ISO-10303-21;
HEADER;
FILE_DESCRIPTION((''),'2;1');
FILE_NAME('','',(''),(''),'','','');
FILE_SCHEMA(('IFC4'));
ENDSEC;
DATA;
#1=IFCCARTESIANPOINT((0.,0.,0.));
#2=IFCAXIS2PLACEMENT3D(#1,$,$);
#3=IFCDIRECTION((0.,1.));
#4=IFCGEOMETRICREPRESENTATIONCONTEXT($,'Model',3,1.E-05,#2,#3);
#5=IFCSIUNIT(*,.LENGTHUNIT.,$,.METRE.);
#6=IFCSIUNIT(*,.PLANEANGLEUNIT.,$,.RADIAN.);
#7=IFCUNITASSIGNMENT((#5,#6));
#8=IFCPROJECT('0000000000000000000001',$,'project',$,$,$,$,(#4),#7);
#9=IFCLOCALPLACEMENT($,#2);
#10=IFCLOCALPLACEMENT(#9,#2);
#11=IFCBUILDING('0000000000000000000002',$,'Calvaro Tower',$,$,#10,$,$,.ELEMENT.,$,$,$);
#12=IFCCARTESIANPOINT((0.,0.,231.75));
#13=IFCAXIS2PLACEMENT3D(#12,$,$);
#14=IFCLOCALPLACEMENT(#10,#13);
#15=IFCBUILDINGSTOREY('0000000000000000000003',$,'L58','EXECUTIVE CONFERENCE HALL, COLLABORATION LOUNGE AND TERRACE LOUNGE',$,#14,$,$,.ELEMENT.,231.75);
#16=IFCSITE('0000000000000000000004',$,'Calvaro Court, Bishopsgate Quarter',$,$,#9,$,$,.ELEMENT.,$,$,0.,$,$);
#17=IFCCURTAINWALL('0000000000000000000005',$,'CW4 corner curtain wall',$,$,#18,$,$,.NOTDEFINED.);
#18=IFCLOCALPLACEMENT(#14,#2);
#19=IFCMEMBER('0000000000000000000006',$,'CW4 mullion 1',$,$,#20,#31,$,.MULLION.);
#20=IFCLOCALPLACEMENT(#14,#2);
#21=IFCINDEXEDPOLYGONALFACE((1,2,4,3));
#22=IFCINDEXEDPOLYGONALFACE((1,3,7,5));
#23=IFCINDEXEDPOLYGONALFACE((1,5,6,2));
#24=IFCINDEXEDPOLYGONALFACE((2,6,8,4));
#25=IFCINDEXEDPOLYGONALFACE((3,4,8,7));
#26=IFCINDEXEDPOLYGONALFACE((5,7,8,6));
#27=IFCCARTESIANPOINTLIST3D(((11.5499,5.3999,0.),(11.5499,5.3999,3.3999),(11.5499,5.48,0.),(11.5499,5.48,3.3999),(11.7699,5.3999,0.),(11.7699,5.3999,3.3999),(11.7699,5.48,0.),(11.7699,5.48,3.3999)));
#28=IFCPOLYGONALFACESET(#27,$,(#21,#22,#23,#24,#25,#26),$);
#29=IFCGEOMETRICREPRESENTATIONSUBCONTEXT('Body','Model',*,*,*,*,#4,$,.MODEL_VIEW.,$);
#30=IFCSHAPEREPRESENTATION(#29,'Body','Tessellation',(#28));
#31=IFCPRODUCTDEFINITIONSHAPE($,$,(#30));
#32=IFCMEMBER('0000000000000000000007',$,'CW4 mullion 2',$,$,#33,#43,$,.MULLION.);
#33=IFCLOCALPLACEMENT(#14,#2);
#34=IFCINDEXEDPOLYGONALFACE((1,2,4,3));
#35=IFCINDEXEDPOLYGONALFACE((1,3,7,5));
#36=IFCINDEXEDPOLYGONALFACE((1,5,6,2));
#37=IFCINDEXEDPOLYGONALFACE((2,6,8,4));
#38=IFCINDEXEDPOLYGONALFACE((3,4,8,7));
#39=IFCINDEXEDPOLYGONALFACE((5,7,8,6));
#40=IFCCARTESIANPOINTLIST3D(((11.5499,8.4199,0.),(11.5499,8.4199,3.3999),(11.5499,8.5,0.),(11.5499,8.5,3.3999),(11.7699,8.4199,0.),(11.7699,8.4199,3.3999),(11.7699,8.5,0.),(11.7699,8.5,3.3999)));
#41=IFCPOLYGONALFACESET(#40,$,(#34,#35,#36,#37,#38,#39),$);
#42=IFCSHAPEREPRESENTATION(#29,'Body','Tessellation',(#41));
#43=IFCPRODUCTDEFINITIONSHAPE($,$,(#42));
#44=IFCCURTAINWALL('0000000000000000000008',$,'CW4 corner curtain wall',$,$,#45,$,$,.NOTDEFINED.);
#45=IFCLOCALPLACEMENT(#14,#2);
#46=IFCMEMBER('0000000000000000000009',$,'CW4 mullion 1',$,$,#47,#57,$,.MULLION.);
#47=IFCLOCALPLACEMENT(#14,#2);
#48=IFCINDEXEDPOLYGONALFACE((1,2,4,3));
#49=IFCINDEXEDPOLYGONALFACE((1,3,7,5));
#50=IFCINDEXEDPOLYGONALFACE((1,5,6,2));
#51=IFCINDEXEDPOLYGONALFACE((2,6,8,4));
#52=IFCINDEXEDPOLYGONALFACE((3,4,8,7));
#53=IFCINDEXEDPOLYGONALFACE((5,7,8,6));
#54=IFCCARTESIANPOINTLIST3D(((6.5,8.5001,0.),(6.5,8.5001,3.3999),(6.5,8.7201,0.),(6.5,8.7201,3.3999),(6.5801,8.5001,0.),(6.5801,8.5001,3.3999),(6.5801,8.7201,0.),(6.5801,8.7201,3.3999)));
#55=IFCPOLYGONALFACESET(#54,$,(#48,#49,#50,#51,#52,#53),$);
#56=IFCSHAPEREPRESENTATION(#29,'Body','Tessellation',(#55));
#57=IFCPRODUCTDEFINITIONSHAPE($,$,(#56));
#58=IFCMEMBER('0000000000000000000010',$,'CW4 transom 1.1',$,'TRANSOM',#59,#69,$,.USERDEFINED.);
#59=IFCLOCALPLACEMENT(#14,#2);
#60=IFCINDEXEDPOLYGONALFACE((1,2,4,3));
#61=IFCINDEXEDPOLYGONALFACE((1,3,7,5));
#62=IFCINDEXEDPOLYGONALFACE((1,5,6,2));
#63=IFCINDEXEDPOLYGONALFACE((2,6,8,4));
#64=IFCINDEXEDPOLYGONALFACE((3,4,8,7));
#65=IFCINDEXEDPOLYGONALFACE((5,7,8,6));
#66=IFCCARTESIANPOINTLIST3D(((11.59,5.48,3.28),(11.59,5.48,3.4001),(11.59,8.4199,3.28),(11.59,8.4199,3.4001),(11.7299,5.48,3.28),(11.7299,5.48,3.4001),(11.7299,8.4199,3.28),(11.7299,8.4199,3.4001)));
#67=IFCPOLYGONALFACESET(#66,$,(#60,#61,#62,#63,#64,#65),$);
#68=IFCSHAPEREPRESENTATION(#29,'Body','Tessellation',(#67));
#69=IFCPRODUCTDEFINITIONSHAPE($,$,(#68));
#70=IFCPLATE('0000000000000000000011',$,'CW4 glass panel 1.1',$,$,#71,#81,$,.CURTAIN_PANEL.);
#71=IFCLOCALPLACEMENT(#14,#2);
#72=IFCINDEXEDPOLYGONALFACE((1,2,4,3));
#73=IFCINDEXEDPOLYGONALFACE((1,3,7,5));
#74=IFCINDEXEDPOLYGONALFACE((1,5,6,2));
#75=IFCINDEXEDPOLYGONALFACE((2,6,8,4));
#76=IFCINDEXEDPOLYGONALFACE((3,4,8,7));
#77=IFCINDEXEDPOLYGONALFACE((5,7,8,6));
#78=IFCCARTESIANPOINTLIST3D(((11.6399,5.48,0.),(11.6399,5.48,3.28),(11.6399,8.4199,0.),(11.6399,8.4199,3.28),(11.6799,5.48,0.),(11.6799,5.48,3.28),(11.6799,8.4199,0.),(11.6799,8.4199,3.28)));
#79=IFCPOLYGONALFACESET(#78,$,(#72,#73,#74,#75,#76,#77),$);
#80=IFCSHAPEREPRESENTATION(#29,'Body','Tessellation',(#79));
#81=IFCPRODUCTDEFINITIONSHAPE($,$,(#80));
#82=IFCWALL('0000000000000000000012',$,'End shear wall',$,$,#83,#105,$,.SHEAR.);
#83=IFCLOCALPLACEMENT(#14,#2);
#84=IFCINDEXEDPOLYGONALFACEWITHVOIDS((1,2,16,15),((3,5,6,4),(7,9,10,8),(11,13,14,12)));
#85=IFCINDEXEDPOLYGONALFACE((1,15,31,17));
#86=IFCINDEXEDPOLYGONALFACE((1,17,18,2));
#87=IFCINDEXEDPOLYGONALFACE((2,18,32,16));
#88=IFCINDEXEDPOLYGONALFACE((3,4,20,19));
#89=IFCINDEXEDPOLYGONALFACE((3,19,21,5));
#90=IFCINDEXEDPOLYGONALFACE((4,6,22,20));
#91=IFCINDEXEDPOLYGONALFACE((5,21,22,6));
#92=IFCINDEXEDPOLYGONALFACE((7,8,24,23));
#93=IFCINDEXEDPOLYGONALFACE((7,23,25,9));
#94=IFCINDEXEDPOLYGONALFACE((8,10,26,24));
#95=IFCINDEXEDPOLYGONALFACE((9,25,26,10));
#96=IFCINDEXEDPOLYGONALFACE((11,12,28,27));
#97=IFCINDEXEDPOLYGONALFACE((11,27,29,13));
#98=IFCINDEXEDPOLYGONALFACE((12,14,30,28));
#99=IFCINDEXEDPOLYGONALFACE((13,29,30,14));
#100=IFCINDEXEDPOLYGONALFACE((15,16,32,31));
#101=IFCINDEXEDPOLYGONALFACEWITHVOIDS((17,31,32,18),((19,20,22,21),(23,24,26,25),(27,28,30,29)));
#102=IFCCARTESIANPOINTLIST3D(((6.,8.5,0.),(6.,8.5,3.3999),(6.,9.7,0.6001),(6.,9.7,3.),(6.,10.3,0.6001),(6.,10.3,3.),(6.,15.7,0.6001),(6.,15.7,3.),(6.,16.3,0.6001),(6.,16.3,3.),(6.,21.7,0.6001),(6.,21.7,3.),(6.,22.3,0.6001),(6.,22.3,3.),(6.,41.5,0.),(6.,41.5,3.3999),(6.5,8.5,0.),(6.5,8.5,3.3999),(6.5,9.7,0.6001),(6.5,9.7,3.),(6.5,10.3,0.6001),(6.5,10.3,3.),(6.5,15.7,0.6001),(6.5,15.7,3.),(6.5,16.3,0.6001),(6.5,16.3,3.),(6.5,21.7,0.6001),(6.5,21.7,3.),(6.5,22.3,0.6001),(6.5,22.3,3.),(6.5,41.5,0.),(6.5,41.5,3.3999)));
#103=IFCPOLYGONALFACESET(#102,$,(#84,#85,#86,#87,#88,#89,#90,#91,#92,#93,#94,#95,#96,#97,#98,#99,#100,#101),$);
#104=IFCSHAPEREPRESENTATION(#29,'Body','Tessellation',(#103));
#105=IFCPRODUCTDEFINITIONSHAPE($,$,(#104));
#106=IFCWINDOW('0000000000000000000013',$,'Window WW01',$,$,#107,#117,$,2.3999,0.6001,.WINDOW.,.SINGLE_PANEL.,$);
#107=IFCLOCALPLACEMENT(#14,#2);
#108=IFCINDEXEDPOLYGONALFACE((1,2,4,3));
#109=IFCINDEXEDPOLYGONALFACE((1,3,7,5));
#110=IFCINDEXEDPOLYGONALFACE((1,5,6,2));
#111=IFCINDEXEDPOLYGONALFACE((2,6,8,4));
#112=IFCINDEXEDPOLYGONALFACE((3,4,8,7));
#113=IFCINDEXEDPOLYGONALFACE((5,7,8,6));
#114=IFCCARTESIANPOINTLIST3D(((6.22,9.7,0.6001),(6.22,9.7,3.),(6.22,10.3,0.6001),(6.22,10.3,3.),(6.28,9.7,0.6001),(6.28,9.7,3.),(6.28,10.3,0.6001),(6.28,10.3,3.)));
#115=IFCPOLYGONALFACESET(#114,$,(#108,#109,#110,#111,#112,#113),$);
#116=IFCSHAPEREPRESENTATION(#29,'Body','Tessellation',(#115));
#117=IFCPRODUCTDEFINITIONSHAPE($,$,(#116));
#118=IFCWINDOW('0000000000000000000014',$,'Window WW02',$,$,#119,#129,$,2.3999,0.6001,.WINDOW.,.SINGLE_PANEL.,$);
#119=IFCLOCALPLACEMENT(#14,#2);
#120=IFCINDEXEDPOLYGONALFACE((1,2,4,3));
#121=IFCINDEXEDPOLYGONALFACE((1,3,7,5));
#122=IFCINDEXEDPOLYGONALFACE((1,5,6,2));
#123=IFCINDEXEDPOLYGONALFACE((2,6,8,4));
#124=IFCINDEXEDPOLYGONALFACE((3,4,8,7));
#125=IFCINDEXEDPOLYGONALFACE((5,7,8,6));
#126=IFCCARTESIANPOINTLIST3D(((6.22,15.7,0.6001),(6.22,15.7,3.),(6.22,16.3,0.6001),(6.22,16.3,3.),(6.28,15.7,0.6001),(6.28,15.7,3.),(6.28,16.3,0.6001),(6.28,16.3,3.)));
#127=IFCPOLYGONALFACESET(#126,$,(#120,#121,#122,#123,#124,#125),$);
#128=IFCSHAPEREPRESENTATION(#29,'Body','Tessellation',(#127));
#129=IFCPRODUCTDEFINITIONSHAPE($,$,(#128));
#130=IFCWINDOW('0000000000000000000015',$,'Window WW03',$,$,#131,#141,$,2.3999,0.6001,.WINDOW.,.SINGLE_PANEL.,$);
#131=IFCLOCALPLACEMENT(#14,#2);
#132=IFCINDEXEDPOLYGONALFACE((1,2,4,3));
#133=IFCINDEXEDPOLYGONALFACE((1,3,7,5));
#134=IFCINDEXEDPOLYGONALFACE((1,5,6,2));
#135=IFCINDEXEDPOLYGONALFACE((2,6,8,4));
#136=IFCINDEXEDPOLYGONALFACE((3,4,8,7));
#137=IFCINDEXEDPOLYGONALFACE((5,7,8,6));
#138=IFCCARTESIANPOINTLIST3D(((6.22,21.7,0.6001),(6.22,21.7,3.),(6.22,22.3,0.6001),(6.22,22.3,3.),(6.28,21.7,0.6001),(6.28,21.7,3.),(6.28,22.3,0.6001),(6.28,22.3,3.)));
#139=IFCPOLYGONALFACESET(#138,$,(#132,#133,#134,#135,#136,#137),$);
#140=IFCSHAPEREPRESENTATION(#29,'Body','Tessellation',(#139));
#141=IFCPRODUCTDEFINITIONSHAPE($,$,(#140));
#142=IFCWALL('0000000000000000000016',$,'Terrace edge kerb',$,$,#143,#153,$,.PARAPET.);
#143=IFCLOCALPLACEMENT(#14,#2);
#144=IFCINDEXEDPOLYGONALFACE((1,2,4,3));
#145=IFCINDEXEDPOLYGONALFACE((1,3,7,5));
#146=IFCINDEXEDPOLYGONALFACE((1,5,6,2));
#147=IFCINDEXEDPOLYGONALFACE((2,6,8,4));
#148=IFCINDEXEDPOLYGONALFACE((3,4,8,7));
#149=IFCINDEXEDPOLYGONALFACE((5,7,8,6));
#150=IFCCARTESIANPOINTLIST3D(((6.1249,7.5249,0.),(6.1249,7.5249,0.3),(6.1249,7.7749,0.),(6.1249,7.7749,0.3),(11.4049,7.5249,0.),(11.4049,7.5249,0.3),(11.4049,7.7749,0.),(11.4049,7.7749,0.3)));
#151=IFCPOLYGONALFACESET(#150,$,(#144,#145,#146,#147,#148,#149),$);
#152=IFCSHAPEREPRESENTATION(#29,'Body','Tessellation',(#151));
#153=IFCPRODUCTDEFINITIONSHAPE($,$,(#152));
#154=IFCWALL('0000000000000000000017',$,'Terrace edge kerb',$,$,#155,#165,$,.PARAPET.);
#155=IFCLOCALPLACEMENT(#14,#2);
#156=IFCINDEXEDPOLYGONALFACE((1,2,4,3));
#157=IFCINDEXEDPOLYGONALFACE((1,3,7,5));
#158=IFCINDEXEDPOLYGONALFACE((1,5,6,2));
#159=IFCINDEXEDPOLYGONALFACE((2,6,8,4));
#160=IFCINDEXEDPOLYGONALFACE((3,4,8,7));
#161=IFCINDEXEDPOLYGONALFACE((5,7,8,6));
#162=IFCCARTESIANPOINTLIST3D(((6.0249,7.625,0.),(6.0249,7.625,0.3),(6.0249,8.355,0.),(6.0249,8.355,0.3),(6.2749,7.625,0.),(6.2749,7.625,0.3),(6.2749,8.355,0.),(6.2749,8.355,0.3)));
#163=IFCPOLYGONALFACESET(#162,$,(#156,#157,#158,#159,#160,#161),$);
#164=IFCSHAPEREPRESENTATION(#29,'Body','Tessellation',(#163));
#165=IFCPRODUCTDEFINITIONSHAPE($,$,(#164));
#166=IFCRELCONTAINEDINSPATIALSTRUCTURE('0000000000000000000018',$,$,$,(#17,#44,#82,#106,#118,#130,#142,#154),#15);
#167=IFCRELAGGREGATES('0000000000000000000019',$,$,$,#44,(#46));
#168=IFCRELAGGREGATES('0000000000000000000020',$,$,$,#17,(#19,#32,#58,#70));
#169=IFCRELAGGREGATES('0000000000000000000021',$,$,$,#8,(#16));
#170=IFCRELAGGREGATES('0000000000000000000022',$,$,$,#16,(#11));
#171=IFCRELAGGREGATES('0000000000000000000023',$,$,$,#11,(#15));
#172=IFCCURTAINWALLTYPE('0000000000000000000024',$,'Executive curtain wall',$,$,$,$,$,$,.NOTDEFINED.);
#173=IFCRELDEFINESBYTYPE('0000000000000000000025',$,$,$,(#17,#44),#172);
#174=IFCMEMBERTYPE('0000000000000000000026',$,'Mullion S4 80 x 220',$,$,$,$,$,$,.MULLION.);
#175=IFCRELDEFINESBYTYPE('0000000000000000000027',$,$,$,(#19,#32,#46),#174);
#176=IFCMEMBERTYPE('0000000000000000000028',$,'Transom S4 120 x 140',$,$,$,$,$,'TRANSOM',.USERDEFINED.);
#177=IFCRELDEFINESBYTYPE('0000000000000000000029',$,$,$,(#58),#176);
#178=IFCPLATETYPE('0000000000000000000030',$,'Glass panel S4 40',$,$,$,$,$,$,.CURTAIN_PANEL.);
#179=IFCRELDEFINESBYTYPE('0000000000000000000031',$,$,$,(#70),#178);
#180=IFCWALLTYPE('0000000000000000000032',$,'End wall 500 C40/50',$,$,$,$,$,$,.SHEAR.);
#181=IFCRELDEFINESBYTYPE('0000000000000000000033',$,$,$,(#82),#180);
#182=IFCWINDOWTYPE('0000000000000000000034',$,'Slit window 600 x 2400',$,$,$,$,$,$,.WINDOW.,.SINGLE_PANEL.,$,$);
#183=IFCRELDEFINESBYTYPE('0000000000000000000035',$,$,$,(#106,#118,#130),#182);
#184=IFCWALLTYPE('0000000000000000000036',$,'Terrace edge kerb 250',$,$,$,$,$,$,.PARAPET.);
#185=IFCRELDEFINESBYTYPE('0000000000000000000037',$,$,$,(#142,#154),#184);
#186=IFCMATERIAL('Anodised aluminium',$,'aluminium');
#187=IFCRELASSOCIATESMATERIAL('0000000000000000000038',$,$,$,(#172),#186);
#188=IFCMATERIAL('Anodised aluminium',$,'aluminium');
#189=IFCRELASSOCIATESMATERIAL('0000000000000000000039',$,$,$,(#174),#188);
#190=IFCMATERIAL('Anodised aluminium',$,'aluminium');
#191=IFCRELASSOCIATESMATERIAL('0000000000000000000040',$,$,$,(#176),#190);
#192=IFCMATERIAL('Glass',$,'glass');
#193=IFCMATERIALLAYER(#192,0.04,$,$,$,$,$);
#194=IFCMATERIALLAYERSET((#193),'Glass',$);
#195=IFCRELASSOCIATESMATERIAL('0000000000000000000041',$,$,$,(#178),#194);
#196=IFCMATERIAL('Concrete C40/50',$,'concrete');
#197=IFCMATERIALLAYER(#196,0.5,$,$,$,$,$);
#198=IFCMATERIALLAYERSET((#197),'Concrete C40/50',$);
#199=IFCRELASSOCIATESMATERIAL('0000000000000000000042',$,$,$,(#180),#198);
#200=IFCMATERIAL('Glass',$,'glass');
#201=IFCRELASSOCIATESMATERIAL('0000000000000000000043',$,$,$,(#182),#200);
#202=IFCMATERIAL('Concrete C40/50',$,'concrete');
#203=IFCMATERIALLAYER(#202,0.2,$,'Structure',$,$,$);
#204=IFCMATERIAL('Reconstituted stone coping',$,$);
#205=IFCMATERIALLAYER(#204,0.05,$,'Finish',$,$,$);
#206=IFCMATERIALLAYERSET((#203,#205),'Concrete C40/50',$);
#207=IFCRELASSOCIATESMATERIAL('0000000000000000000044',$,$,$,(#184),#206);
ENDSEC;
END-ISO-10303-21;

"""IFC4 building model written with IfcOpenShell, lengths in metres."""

from ifc_helpers import new_model, si_unit, direction, frame, frame_2d, origin, origin_2d, place, context, subcontext, project, spatial, rectangle, extrude, material, layer, layer_set, material_profile, profile_set, type_object, element, fill, aggregate, save


model = new_model("IFC4")

# Units and contexts
model_context = context("Model", 3, precision=1e-05, world=origin(), true_north=direction((0.0, 1.0)))
body_context = subcontext(model_context, "Body", "Model", "MODEL_VIEW")
ifc_project = project(units=[si_unit("LENGTHUNIT", "METRE"), si_unit("PLANEANGLEUNIT", "RADIAN")], contexts=[model_context])

# Site, building, storey
site_placement = place(None, origin())
site = spatial("IfcSite", under=ifc_project, at=site_placement, Name="Calvaro Court, Bishopsgate Quarter", CompositionType="ELEMENT", RefElevation=0.0)
building_placement = place(site_placement, origin())
building = spatial("IfcBuilding", under=site, at=building_placement, Name="Calvaro Tower", CompositionType="ELEMENT")
storey_placement = place(building_placement, frame((0.0, 0.0, 231.75)))
storey = spatial("IfcBuildingStorey", under=building, at=storey_placement, Name="L58", Description="EXECUTIVE CONFERENCE HALL, COLLABORATION LOUNGE AND TERRACE LOUNGE", CompositionType="ELEMENT", Elevation=231.75)

# Curtain wall, members
ifc_material_1 = material(Name="Anodised aluminium", Category="aluminium")
curtain_wall_type = type_object("IfcCurtainWallType", Name="Executive curtain wall", PredefinedType="NOTDEFINED", material=ifc_material_1)
curtain_wall_1_placement = place(storey_placement, origin())
curtain_wall_1 = element("IfcCurtainWall", 1, at=curtain_wall_1_placement, inside=storey, type_object=curtain_wall_type, Name="CW4 corner curtain wall", PredefinedType="NOTDEFINED")
ifc_material_2 = material(Name="Anodised aluminium", Category="aluminium")
ifc_material_profile_1 = material_profile(ifc_material_2, rectangle(XDim=0.22, YDim=0.0801, at=origin_2d()), Name="Mullion S4 80 x 220")
ifc_profile_set_1 = profile_set([ifc_material_profile_1], Name="Anodised aluminium")
member_type_1 = type_object("IfcMemberType", Name="Mullion S4 80 x 220", PredefinedType="MULLION", material=ifc_profile_set_1)
member_1_placement = place(storey_placement, frame((11.6599, 5.4399, 0.0), z_axis=(0.0, 0.0, 1.0), x_axis=(-1.0, 0.0, 0.0)))
member_1 = element("IfcMember", 2, at=member_1_placement, type_object=member_type_1, Name="CW4 mullion 1", PredefinedType="MULLION", context=body_context, shape_type="SweptSolid", body=[
    extrude(rectangle(XDim=0.22, YDim=0.0801, at=origin_2d()), origin(), (0.0, 0.0, 1.0), 3.3999),
])
member_2_placement = place(storey_placement, frame((11.6599, 8.46, 0.0), z_axis=(0.0, 0.0, 1.0), x_axis=(-1.0, 0.0, 0.0)))
member_2 = element("IfcMember", 3, at=member_2_placement, type_object=member_type_1, Name="CW4 mullion 2", PredefinedType="MULLION", context=body_context, shape_type="SweptSolid", body=[
    extrude(rectangle(XDim=0.22, YDim=0.0801, at=origin_2d()), origin(), (0.0, 0.0, 1.0), 3.3999),
])

# Curtain wall, member
curtain_wall_2_placement = place(storey_placement, origin())
curtain_wall_2 = element("IfcCurtainWall", 4, at=curtain_wall_2_placement, inside=storey, type_object=curtain_wall_type, Name="CW4 corner curtain wall", PredefinedType="NOTDEFINED")
member_3_placement = place(storey_placement, frame((6.54, 8.6101, 0.0), z_axis=(0.0, 0.0, 1.0), x_axis=(0.0, 1.0, 0.0)))
member_3 = element("IfcMember", 5, at=member_3_placement, type_object=member_type_1, Name="CW4 mullion 1", PredefinedType="MULLION", context=body_context, shape_type="SweptSolid", body=[
    extrude(rectangle(XDim=0.22, YDim=0.0801, at=origin_2d()), origin(), (0.0, 0.0, 1.0), 3.3999),
])
aggregate(curtain_wall_2, [member_3])

# Member
ifc_material_3 = material(Name="Anodised aluminium", Category="aluminium")
ifc_material_profile_2 = material_profile(ifc_material_3, rectangle(XDim=0.1399, YDim=0.1201, at=origin_2d()), Name="Transom S4 120 x 140")
ifc_profile_set_2 = profile_set([ifc_material_profile_2], Name="Anodised aluminium")
member_type_2 = type_object("IfcMemberType", Name="Transom S4 120 x 140", ElementType="TRANSOM", PredefinedType="USERDEFINED", material=ifc_profile_set_2)
member_4_placement = place(storey_placement, frame((11.6599, 5.48, 3.3401), z_axis=(0.0, 1.0, 0.0), x_axis=(-1.0, 0.0, 0.0)))
member_4 = element("IfcMember", 6, at=member_4_placement, type_object=member_type_2, Name="CW4 transom 1.1", ObjectType="TRANSOM", PredefinedType="USERDEFINED", context=body_context, shape_type="SweptSolid", body=[
    extrude(rectangle(XDim=0.1399, YDim=0.1201, at=origin_2d()), origin(), (0.0, 0.0, 1.0), 2.9399),
])

# Plate
ifc_material_4 = material(Name="Glass", Category="glass")
ifc_layer_1 = layer(ifc_material_4, 0.04)
ifc_layer_set_1 = layer_set([ifc_layer_1], Name="Glass")
plate_type = type_object("IfcPlateType", Name="Glass panel S4 40", PredefinedType="CURTAIN_PANEL", material=ifc_layer_set_1)
plate_placement = place(storey_placement, frame((11.6599, 6.95, 0.0), z_axis=(0.0, 0.0, 1.0), x_axis=(0.0, 1.0, 0.0)))
plate = element("IfcPlate", 7, at=plate_placement, type_object=plate_type, Name="CW4 glass panel 1.1", PredefinedType="CURTAIN_PANEL", context=body_context, shape_type="SweptSolid", body=[
    extrude(rectangle(XDim=2.9399, YDim=0.04, at=origin_2d()), origin(), (0.0, 0.0, 1.0), 3.28),
])
aggregate(curtain_wall_1, [member_1, member_2, member_4, plate])

# Wall, openings, windows
ifc_material_5 = material(Name="Concrete C40/50", Category="concrete")
ifc_layer_2 = layer(ifc_material_5, 0.5)
ifc_layer_set_2 = layer_set([ifc_layer_2], Name="Concrete C40/50")
wall_type_1 = type_object("IfcWallType", Name="End wall 500 C40/50", PredefinedType="SHEAR", material=ifc_layer_set_2)
wall_1_placement = place(storey_placement, frame((6.25, 8.5, 0.0), z_axis=(0.0, 0.0, 1.0), x_axis=(0.0, 1.0, 0.0)))
wall_1 = element("IfcWall", 8, at=wall_1_placement, inside=storey, type_object=wall_type_1, Name="End shear wall", PredefinedType="SHEAR", context=body_context, shape_type="SweptSolid", body=[
    extrude(rectangle(XDim=33.0, YDim=0.5, at=frame_2d((16.5, 0.0))), origin(), (0.0, 0.0, 1.0), 3.3999),
])
opening_1_placement = place(wall_1_placement, frame((1.2, 0.0, 0.6001)))
opening_1 = element("IfcOpeningElement", 9, at=opening_1_placement, cuts=wall_1, PredefinedType="OPENING", context=body_context, shape_type="SweptSolid", body=[
    extrude(rectangle(XDim=0.6001, YDim=2.3999, at=frame_2d((0.3, 1.2))), frame((0.0, 0.26, 0.0), z_axis=(0.0, -1.0, 0.0), x_axis=(1.0, 0.0, 0.0)), (0.0, 0.0, 1.0), 0.52),
])
opening_2_placement = place(wall_1_placement, frame((7.2, 0.0, 0.6001)))
opening_2 = element("IfcOpeningElement", 10, at=opening_2_placement, cuts=wall_1, PredefinedType="OPENING", context=body_context, shape_type="SweptSolid", body=[
    extrude(rectangle(XDim=0.6001, YDim=2.3999, at=frame_2d((0.3, 1.2))), frame((0.0, 0.26, 0.0), z_axis=(0.0, -1.0, 0.0), x_axis=(1.0, 0.0, 0.0)), (0.0, 0.0, 1.0), 0.52),
])
opening_3_placement = place(wall_1_placement, frame((13.2, 0.0, 0.6001)))
opening_3 = element("IfcOpeningElement", 11, at=opening_3_placement, cuts=wall_1, PredefinedType="OPENING", context=body_context, shape_type="SweptSolid", body=[
    extrude(rectangle(XDim=0.6001, YDim=2.3999, at=frame_2d((0.3, 1.2))), frame((0.0, 0.26, 0.0), z_axis=(0.0, -1.0, 0.0), x_axis=(1.0, 0.0, 0.0)), (0.0, 0.0, 1.0), 0.52),
])
ifc_material_6 = material(Name="Glass", Category="glass")
window_type = type_object("IfcWindowType", Name="Slit window 600 x 2400", PartitioningType="SINGLE_PANEL", PredefinedType="WINDOW", material=ifc_material_6)
window_1_placement = place(opening_1_placement, origin())
window_1 = element("IfcWindow", 12, at=window_1_placement, inside=storey, type_object=window_type, Name="Window WW01", OverallHeight=2.3999, OverallWidth=0.6001, PartitioningType="SINGLE_PANEL", PredefinedType="WINDOW", context=body_context, shape_type="SweptSolid", body=[
    extrude(rectangle(XDim=0.6001, YDim=2.3999, at=frame_2d((0.3, 1.2))), frame((0.0, 0.03, 0.0), z_axis=(0.0, -1.0, 0.0), x_axis=(1.0, 0.0, 0.0)), (0.0, 0.0, 1.0), 0.0601),
])
fill(opening_1, window_1)
window_2_placement = place(opening_2_placement, origin())
window_2 = element("IfcWindow", 13, at=window_2_placement, inside=storey, type_object=window_type, Name="Window WW02", OverallHeight=2.3999, OverallWidth=0.6001, PartitioningType="SINGLE_PANEL", PredefinedType="WINDOW", context=body_context, shape_type="SweptSolid", body=[
    extrude(rectangle(XDim=0.6001, YDim=2.3999, at=frame_2d((0.3, 1.2))), frame((0.0, 0.03, 0.0), z_axis=(0.0, -1.0, 0.0), x_axis=(1.0, 0.0, 0.0)), (0.0, 0.0, 1.0), 0.0601),
])
fill(opening_2, window_2)
window_3_placement = place(opening_3_placement, origin())
window_3 = element("IfcWindow", 14, at=window_3_placement, inside=storey, type_object=window_type, Name="Window WW03", OverallHeight=2.3999, OverallWidth=0.6001, PartitioningType="SINGLE_PANEL", PredefinedType="WINDOW", context=body_context, shape_type="SweptSolid", body=[
    extrude(rectangle(XDim=0.6001, YDim=2.3999, at=frame_2d((0.3, 1.2))), frame((0.0, 0.03, 0.0), z_axis=(0.0, -1.0, 0.0), x_axis=(1.0, 0.0, 0.0)), (0.0, 0.0, 1.0), 0.0601),
])
fill(opening_3, window_3)

# Walls
ifc_material_7 = material(Name="Concrete C40/50", Category="concrete")
ifc_layer_3 = layer(ifc_material_7, 0.2, Name="Structure")
ifc_material_8 = material(Name="Reconstituted stone coping")
ifc_layer_4 = layer(ifc_material_8, 0.05, Name="Finish")
ifc_layer_set_3 = layer_set([ifc_layer_3, ifc_layer_4], Name="Concrete C40/50")
wall_type_2 = type_object("IfcWallType", Name="Terrace edge kerb 250", PredefinedType="PARAPET", material=ifc_layer_set_3)
wall_2_placement = place(storey_placement, frame((11.405, 7.6499, 0.0), z_axis=(0.0, 0.0, 1.0), x_axis=(-1.0, 0.0, 0.0)))
element("IfcWall", 15, at=wall_2_placement, inside=storey, type_object=wall_type_2, Name="Terrace edge kerb", PredefinedType="PARAPET", context=body_context, shape_type="SweptSolid", body=[
    extrude(rectangle(XDim=5.28, YDim=0.25, at=frame_2d((2.6401, 0.0))), origin(), (0.0, 0.0, 1.0), 0.3),
])
wall_3_placement = place(storey_placement, frame((6.1499, 7.625, 0.0), z_axis=(0.0, 0.0, 1.0), x_axis=(0.0, 1.0, 0.0)))
element("IfcWall", 16, at=wall_3_placement, inside=storey, type_object=wall_type_2, Name="Terrace edge kerb", PredefinedType="PARAPET", context=body_context, shape_type="SweptSolid", body=[
    extrude(rectangle(XDim=0.73, YDim=0.25, at=frame_2d((0.365, 0.0))), origin(), (0.0, 0.0, 1.0), 0.3),
])

save(model, "model.ifc")
